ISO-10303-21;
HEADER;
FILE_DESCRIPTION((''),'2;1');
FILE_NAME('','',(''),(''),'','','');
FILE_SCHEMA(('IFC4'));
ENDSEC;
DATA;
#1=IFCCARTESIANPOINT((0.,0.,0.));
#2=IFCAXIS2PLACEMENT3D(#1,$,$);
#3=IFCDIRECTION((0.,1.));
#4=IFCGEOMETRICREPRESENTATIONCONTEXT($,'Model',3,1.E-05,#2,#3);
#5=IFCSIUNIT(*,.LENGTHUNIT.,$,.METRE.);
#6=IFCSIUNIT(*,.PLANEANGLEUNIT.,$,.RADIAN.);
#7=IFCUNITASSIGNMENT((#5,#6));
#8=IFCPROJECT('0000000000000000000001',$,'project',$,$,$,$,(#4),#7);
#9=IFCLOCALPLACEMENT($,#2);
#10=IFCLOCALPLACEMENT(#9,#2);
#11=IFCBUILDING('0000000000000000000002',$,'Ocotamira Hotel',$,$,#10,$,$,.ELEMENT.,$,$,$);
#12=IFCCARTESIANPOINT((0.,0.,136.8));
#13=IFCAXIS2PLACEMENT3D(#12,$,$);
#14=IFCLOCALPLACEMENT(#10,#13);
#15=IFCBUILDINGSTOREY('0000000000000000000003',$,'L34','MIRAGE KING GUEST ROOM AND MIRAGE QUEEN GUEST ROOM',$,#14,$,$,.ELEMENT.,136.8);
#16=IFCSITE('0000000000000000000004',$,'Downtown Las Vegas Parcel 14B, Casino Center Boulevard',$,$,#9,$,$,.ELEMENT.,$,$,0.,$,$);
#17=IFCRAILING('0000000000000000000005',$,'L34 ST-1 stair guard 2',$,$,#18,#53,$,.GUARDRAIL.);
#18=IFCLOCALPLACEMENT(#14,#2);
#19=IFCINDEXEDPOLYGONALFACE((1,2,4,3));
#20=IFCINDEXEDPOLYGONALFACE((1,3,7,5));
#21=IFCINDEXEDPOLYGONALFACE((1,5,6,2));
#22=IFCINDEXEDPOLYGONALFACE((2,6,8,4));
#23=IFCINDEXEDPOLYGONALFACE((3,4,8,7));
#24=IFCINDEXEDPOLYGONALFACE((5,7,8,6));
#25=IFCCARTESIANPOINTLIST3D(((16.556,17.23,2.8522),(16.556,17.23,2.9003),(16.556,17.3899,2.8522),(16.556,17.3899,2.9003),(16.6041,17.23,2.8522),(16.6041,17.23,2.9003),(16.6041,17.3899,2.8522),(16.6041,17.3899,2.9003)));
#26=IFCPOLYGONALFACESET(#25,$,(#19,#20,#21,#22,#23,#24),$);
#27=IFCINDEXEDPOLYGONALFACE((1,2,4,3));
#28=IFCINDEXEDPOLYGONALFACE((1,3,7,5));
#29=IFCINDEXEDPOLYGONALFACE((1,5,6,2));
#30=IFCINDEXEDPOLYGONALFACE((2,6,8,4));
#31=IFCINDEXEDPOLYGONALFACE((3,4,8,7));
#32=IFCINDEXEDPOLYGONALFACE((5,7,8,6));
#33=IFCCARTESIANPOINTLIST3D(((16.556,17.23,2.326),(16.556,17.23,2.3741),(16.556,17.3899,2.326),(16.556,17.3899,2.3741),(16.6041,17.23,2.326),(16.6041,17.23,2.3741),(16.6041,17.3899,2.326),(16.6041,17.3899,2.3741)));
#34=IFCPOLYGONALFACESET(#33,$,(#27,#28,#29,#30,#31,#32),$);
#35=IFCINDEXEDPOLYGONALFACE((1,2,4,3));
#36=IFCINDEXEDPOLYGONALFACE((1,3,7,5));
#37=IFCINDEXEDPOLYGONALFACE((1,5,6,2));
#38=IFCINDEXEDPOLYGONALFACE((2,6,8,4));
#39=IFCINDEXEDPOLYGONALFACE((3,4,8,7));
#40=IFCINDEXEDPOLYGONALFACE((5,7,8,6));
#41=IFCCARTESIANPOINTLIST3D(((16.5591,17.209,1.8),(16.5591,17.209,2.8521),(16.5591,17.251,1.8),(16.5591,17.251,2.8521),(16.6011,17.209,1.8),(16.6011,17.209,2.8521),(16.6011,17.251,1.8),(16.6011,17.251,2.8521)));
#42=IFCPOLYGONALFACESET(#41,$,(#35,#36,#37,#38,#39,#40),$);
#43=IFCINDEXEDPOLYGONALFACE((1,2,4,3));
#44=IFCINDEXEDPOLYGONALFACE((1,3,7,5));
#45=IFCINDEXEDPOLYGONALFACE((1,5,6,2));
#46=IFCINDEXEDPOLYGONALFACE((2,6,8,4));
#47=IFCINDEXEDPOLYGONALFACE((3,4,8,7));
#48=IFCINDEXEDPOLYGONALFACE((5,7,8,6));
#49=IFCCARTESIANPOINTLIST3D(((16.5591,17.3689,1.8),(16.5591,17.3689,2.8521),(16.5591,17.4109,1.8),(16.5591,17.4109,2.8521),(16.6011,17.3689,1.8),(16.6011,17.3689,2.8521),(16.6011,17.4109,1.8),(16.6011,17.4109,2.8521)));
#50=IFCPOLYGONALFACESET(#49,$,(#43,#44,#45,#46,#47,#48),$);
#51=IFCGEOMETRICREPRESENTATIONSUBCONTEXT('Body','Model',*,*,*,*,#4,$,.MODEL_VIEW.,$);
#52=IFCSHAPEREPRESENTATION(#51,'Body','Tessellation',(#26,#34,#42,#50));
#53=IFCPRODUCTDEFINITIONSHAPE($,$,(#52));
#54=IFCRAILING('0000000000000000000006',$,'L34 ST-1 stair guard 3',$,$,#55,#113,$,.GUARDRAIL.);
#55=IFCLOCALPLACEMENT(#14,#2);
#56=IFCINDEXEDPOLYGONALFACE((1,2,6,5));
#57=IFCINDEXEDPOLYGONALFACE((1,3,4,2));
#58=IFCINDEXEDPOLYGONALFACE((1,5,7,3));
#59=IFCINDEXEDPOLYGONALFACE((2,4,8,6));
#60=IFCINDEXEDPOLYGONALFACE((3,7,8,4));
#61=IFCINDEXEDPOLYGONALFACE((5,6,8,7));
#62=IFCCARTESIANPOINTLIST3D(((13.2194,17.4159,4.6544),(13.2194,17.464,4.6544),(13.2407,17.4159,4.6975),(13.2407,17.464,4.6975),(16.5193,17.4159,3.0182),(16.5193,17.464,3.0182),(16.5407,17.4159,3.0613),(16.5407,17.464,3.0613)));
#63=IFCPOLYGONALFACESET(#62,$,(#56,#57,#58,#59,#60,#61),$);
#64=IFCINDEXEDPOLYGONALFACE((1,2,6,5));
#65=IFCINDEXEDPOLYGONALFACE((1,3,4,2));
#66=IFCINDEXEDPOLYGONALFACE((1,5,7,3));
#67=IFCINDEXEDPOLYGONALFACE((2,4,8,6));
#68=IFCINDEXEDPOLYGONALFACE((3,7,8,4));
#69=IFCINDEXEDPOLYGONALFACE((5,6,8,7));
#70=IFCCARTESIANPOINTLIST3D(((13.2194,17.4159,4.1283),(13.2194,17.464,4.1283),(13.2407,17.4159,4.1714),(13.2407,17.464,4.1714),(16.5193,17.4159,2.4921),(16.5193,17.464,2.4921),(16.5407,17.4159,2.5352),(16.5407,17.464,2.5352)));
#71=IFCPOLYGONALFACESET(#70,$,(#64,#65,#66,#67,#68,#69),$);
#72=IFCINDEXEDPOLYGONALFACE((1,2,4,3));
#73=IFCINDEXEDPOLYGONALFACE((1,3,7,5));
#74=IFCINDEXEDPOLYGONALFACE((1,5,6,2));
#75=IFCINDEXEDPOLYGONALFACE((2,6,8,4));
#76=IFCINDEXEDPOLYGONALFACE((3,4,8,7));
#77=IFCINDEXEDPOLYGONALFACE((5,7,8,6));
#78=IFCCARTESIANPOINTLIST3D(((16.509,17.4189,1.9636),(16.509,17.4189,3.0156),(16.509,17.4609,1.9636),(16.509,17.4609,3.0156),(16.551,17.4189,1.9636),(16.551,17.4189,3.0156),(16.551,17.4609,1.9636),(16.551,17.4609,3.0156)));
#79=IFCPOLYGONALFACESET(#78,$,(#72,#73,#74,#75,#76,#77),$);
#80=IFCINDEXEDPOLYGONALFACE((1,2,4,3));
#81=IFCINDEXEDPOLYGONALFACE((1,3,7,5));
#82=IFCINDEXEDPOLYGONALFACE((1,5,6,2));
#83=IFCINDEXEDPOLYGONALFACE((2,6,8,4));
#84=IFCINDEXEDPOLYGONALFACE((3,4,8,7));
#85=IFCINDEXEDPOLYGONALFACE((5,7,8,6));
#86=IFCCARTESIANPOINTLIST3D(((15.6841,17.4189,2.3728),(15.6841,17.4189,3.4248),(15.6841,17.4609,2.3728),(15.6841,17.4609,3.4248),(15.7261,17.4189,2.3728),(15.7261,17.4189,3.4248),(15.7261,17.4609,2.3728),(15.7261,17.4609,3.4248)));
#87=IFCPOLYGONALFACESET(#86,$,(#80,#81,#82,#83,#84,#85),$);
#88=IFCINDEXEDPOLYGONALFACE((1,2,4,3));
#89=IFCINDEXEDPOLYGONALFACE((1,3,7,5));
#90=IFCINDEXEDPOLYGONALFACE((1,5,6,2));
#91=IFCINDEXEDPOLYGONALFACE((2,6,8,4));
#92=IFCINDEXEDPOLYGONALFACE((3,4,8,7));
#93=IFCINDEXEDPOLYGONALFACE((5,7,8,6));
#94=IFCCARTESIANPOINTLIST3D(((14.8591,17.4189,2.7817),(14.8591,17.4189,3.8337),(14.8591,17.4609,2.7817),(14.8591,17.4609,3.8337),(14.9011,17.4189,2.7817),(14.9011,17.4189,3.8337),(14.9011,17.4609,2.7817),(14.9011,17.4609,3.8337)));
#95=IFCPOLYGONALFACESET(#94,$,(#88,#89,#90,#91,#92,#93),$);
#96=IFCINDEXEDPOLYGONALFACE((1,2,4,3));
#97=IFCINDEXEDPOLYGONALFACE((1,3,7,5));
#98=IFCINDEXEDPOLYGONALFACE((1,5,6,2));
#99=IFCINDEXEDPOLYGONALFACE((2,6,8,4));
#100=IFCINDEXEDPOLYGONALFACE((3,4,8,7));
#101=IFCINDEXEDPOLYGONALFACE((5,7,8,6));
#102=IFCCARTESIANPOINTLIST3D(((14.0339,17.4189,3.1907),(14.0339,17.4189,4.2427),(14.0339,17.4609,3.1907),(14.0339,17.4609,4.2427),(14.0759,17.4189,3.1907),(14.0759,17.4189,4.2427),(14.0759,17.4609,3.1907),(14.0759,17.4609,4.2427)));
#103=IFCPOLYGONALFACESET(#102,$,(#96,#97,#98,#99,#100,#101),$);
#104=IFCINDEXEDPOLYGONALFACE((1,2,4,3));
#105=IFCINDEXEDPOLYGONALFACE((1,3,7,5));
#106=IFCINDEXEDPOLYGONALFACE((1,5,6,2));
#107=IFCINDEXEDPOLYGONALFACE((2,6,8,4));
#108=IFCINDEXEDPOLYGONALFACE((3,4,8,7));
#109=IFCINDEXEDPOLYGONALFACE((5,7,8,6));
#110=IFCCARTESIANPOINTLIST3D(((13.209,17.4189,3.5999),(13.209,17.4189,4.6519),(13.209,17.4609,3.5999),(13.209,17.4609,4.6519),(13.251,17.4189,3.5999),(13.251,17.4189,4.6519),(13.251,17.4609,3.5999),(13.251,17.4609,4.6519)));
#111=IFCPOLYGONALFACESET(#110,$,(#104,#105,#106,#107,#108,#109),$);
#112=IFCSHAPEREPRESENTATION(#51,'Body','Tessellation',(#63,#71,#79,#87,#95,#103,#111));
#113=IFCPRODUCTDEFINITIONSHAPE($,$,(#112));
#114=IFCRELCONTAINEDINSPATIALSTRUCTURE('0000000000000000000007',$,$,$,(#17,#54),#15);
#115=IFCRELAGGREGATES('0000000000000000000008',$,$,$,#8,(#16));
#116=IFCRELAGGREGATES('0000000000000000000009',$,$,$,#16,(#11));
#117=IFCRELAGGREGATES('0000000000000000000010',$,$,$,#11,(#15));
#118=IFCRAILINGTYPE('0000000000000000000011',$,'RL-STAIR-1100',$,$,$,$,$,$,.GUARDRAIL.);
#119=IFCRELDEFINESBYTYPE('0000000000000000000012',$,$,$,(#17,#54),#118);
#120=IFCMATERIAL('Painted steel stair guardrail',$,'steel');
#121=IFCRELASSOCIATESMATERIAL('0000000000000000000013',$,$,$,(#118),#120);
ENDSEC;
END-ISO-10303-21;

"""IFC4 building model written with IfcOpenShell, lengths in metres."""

from ifc_helpers import new_model, si_unit, direction, frame, origin, origin_2d, place, context, subcontext, project, spatial, rectangle, extrude, material, type_object, element, save


model = new_model("IFC4")

# Units and contexts
model_context = context("Model", 3, precision=1e-05, world=origin(), true_north=direction((0.0, 1.0)))
body_context = subcontext(model_context, "Body", "Model", "MODEL_VIEW")
ifc_project = project(units=[si_unit("LENGTHUNIT", "METRE"), si_unit("PLANEANGLEUNIT", "RADIAN")], contexts=[model_context])

# Site, building, storey
site_placement = place(None, origin())
site = spatial("IfcSite", under=ifc_project, at=site_placement, Name="Downtown Las Vegas Parcel 14B, Casino Center Boulevard", CompositionType="ELEMENT", RefElevation=0.0)
building_placement = place(site_placement, origin())
building = spatial("IfcBuilding", under=site, at=building_placement, Name="Ocotamira Hotel", CompositionType="ELEMENT")
storey_placement = place(building_placement, frame((0.0, 0.0, 136.8)))
storey = spatial("IfcBuildingStorey", under=building, at=storey_placement, Name="L34", Description="MIRAGE KING GUEST ROOM AND MIRAGE QUEEN GUEST ROOM", CompositionType="ELEMENT", Elevation=136.8)

# Railings
ifc_material_1 = material(Name="Painted steel stair guardrail", Category="steel")
railing_type_1 = type_object("IfcRailingType", Name="RL-STAIR-1100", PredefinedType="GUARDRAIL", material=ifc_material_1)
railing_1_placement = place(storey_placement, frame((16.5801, 17.23, 1.8)))
element("IfcRailing", 1, at=railing_1_placement, inside=storey, type_object=railing_type_1, Name="L34 ST-1 stair guard 2", PredefinedType="GUARDRAIL", context=body_context, shape_type="SweptSolid", body=[
    extrude(rectangle(XDim=0.0481, YDim=0.0481, at=origin_2d()), frame((0.0, 0.0, 1.0762), z_axis=(0.0, 1.0, 0.0), x_axis=(-1.0, 0.0, 0.0)), (0.0, 0.0, 1.0), 0.1599),
    extrude(rectangle(XDim=0.0481, YDim=0.0481, at=origin_2d()), frame((0.0, 0.0, 0.55), z_axis=(0.0, 1.0, 0.0), x_axis=(-1.0, 0.0, 0.0)), (0.0, 0.0, 1.0), 0.1599),
    extrude(rectangle(XDim=0.042, YDim=0.042, at=origin_2d()), origin(), (0.0, 0.0, 1.0), 1.052),
    extrude(rectangle(XDim=0.042, YDim=0.042, at=origin_2d()), frame((0.0, 0.1599, 0.0)), (0.0, 0.0, 1.0), 1.052),
])
railing_2_placement = place(storey_placement, frame((16.53, 17.4399, 1.9636)))
element("IfcRailing", 2, at=railing_2_placement, inside=storey, type_object=railing_type_1, Name="L34 ST-1 stair guard 3", PredefinedType="GUARDRAIL", context=body_context, shape_type="SweptSolid", body=[
    extrude(rectangle(XDim=0.0481, YDim=0.0481, at=origin_2d()), frame((0.0, 0.0, 1.0762), z_axis=(-0.89592, 0.0, 0.444215), x_axis=(0.0, -1.0, 0.0)), (0.0, 0.0, 1.0), 3.6833),
    extrude(rectangle(XDim=0.0481, YDim=0.0481, at=origin_2d()), frame((0.0, 0.0, 0.55), z_axis=(-0.89592, 0.0, 0.444215), x_axis=(0.0, -1.0, 0.0)), (0.0, 0.0, 1.0), 3.6833),
    extrude(rectangle(XDim=0.042, YDim=0.042, at=origin_2d()), origin(), (0.0, 0.0, 1.0), 1.052),
    extrude(rectangle(XDim=0.042, YDim=0.042, at=origin_2d()), frame((-0.825, 0.0, 0.4092)), (0.0, 0.0, 1.0), 1.052),
    extrude(rectangle(XDim=0.042, YDim=0.042, at=origin_2d()), frame((-1.6499, 0.0, 0.8181)), (0.0, 0.0, 1.0), 1.052),
    extrude(rectangle(XDim=0.042, YDim=0.042, at=origin_2d()), frame((-2.4751, 0.0, 1.2271)), (0.0, 0.0, 1.0), 1.052),
    extrude(rectangle(XDim=0.042, YDim=0.042, at=origin_2d()), frame((-3.3, 0.0, 1.6362)), (0.0, 0.0, 1.0), 1.052),
])

save(model, "model.ifc")
